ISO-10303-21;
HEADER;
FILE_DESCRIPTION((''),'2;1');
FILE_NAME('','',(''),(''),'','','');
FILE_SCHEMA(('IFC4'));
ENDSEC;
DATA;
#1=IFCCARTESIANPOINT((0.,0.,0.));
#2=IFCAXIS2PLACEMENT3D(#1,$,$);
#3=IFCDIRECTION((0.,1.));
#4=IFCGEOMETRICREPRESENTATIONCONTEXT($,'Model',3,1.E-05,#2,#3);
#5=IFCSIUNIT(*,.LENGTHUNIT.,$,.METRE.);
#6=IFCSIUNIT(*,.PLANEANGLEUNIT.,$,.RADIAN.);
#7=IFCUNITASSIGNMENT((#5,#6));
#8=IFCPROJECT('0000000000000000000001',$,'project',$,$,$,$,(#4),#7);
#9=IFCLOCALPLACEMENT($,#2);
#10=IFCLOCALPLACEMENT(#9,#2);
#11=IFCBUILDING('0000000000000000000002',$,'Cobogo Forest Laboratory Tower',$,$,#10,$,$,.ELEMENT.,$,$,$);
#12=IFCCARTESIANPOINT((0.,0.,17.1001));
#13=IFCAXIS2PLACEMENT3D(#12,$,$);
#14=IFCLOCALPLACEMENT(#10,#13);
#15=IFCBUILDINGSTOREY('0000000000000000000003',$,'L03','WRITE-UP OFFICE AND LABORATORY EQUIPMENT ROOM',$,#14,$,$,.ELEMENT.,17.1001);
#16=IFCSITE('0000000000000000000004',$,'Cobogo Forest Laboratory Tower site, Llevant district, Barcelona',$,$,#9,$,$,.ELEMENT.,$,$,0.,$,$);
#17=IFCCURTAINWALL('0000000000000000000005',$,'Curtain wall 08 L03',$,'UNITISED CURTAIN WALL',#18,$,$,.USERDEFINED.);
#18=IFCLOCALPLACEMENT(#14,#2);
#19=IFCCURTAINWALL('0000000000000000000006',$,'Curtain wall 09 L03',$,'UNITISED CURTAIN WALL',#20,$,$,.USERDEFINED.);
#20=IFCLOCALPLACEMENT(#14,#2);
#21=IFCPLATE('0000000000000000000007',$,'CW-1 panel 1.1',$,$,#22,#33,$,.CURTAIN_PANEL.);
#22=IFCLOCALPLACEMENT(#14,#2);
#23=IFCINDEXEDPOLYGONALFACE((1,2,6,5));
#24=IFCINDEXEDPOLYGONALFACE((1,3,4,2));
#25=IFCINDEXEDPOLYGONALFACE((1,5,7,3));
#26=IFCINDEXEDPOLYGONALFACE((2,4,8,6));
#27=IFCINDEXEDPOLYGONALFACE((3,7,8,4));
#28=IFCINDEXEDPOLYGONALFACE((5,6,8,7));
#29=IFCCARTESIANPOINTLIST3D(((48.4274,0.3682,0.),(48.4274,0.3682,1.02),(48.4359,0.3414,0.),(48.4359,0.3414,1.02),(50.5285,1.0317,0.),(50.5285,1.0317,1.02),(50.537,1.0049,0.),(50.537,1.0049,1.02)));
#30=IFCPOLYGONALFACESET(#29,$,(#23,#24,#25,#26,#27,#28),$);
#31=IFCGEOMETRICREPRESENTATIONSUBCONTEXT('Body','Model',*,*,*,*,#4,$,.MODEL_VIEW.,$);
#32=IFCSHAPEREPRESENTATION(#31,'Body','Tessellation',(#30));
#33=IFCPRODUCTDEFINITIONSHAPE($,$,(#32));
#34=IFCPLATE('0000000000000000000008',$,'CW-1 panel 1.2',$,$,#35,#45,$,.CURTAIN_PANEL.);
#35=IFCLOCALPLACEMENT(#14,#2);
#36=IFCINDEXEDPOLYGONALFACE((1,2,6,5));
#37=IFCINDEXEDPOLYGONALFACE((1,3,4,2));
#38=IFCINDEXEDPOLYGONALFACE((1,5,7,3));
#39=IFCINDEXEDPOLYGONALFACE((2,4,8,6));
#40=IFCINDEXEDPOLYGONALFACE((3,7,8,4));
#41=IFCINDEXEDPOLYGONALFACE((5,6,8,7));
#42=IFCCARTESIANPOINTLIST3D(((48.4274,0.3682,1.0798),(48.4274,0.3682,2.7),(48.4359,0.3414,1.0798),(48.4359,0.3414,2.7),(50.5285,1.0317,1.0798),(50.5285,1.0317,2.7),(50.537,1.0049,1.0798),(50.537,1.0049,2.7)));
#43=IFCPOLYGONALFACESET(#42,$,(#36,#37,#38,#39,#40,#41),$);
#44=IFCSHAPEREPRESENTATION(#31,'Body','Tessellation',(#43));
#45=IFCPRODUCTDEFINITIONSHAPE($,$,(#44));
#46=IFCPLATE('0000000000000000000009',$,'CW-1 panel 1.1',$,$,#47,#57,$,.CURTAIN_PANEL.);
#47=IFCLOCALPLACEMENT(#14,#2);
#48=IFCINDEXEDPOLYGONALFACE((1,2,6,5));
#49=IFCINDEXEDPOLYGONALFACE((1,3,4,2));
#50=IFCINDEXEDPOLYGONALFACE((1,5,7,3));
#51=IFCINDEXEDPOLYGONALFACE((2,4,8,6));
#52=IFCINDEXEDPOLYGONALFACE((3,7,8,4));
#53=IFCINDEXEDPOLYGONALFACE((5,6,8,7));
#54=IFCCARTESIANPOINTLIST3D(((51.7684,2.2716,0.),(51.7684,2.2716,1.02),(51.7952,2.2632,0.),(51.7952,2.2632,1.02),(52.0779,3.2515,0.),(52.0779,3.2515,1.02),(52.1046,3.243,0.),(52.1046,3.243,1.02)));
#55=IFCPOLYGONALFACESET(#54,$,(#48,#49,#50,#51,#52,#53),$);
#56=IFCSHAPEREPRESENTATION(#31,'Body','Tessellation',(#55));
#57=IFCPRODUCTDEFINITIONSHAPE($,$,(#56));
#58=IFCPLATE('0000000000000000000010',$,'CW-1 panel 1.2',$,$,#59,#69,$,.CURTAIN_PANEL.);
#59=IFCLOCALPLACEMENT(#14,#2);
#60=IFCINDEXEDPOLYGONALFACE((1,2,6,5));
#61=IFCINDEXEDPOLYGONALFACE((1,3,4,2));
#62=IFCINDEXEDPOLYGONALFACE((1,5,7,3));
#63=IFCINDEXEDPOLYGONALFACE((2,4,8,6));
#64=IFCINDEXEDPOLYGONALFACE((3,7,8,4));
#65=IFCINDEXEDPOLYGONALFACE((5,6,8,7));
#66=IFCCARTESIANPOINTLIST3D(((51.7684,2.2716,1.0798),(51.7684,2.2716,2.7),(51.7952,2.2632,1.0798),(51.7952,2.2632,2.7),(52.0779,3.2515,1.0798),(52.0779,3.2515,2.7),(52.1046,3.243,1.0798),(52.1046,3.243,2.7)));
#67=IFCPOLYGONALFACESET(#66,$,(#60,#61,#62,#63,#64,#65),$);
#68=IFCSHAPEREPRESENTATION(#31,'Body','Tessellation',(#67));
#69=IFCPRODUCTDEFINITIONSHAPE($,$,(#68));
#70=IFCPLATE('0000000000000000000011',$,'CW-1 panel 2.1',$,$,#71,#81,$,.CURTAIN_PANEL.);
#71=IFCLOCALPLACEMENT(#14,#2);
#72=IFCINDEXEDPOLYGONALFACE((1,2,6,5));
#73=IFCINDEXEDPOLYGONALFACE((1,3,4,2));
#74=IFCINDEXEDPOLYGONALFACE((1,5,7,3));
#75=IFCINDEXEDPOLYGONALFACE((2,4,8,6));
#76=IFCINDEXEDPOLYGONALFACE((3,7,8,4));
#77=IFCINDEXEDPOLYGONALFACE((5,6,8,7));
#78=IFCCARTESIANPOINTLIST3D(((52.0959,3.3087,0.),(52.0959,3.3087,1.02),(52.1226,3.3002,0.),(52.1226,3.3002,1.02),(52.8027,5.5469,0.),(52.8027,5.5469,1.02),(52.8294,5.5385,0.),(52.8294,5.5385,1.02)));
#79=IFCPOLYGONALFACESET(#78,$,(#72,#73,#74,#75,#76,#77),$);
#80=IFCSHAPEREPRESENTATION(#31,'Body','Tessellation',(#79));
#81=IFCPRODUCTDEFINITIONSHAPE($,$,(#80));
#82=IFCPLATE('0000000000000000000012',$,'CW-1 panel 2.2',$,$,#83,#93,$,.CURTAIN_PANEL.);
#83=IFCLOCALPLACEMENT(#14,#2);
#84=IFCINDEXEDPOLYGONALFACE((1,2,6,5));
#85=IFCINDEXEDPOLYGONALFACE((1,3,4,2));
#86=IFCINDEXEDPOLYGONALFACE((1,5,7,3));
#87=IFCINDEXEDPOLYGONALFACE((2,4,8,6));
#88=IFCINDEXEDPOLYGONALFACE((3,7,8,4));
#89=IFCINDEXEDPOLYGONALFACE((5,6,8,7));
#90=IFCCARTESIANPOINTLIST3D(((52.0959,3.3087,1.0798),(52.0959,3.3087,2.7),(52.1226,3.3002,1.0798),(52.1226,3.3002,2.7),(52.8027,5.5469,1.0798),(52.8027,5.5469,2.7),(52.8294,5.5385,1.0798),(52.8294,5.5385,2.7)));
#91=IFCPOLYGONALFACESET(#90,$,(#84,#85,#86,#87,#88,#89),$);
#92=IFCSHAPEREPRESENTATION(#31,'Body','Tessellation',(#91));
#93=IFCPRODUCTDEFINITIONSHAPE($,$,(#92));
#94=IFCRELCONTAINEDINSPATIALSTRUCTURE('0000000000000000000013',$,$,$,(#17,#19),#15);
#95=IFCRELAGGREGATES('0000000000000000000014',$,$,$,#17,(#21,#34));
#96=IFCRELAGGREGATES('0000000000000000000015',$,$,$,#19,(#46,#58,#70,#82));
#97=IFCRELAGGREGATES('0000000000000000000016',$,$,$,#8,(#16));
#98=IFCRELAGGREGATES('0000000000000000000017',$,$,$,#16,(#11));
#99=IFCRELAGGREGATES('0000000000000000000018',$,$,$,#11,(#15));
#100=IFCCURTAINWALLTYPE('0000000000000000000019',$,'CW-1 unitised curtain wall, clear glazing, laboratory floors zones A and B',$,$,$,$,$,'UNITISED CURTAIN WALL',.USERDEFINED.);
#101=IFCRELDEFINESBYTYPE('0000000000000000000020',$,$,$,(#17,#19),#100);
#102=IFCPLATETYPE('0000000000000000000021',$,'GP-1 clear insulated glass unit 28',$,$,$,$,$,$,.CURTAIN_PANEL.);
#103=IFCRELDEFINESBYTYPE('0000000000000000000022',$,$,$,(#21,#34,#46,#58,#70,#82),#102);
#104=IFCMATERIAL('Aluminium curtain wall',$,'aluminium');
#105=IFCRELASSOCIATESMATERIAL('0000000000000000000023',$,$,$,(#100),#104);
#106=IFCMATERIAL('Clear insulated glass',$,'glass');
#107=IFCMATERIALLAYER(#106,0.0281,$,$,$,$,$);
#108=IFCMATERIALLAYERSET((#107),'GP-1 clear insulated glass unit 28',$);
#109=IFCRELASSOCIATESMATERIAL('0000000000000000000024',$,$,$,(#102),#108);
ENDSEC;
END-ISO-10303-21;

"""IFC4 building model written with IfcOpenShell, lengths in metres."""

from ifc_helpers import new_model, si_unit, direction, frame, origin, origin_2d, place, context, subcontext, project, spatial, rectangle, extrude, material, layer, layer_set, type_object, element, aggregate, save


model = new_model("IFC4")

# Units and contexts
model_context = context("Model", 3, precision=1e-05, world=origin(), true_north=direction((0.0, 1.0)))
body_context = subcontext(model_context, "Body", "Model", "MODEL_VIEW")
ifc_project = project(units=[si_unit("LENGTHUNIT", "METRE"), si_unit("PLANEANGLEUNIT", "RADIAN")], contexts=[model_context])

# Site, building, storey
site_placement = place(None, origin())
site = spatial("IfcSite", under=ifc_project, at=site_placement, Name="Cobogo Forest Laboratory Tower site, Llevant district, Barcelona", CompositionType="ELEMENT", RefElevation=0.0)
building_placement = place(site_placement, origin())
building = spatial("IfcBuilding", under=site, at=building_placement, Name="Cobogo Forest Laboratory Tower", CompositionType="ELEMENT")
storey_placement = place(building_placement, frame((0.0, 0.0, 17.1001)))
storey = spatial("IfcBuildingStorey", under=building, at=storey_placement, Name="L03", Description="WRITE-UP OFFICE AND LABORATORY EQUIPMENT ROOM", CompositionType="ELEMENT", Elevation=17.1001)

# Shared definitions
ifc_material_1 = material(Name="Aluminium curtain wall", Category="aluminium")
curtain_wall_type = type_object("IfcCurtainWallType", Name="CW-1 unitised curtain wall, clear glazing, laboratory floors zones A and B", ElementType="UNITISED CURTAIN WALL", PredefinedType="USERDEFINED", material=ifc_material_1)

# Curtain walls
curtain_wall_1_placement = place(storey_placement, origin())
curtain_wall_1 = element("IfcCurtainWall", 1, at=curtain_wall_1_placement, inside=storey, type_object=curtain_wall_type, Name="Curtain wall 08 L03", ObjectType="UNITISED CURTAIN WALL", PredefinedType="USERDEFINED")
curtain_wall_2_placement = place(storey_placement, origin())
curtain_wall_2 = element("IfcCurtainWall", 2, at=curtain_wall_2_placement, inside=storey, type_object=curtain_wall_type, Name="Curtain wall 09 L03", ObjectType="UNITISED CURTAIN WALL", PredefinedType="USERDEFINED")

# Plates
ifc_material_2 = material(Name="Clear insulated glass", Category="glass")
ifc_layer = layer(ifc_material_2, 0.0281)
ifc_layer_set = layer_set([ifc_layer], Name="GP-1 clear insulated glass unit 28")
plate_type = type_object("IfcPlateType", Name="GP-1 clear insulated glass unit 28", PredefinedType="CURTAIN_PANEL", material=ifc_layer_set)
plate_1_placement = place(storey_placement, frame((49.4822, 0.6865, 0.0), z_axis=(0.0, 0.0, 1.0), x_axis=(0.953581, 0.301135, 0.0)))
plate_1 = element("IfcPlate", 3, at=plate_1_placement, type_object=plate_type, Name="CW-1 panel 1.1", PredefinedType="CURTAIN_PANEL", context=body_context, shape_type="SweptSolid", body=[
    extrude(rectangle(XDim=2.2034, YDim=0.0281, at=origin_2d()), origin(), (0.0, 0.0, 1.0), 1.02),
])
plate_2_placement = place(storey_placement, frame((49.4822, 0.6865, 1.0798), z_axis=(0.0, 0.0, 1.0), x_axis=(0.953581, 0.301135, 0.0)))
plate_2 = element("IfcPlate", 4, at=plate_2_placement, type_object=plate_type, Name="CW-1 panel 1.2", PredefinedType="CURTAIN_PANEL", context=body_context, shape_type="SweptSolid", body=[
    extrude(rectangle(XDim=2.2034, YDim=0.0281, at=origin_2d()), origin(), (0.0, 0.0, 1.0), 1.6201),
])
aggregate(curtain_wall_1, [plate_1, plate_2])
plate_3_placement = place(storey_placement, frame((51.9365, 2.7573, 0.0), z_axis=(0.0, 0.0, 1.0), x_axis=(0.301135, 0.953581, 0.0)))
plate_3 = element("IfcPlate", 5, at=plate_3_placement, type_object=plate_type, Name="CW-1 panel 1.1", PredefinedType="CURTAIN_PANEL", context=body_context, shape_type="SweptSolid", body=[
    extrude(rectangle(XDim=1.0276, YDim=0.0281, at=origin_2d()), origin(), (0.0, 0.0, 1.0), 1.02),
])
plate_4_placement = place(storey_placement, frame((51.9365, 2.7573, 1.0798), z_axis=(0.0, 0.0, 1.0), x_axis=(0.301135, 0.953581, 0.0)))
plate_4 = element("IfcPlate", 6, at=plate_4_placement, type_object=plate_type, Name="CW-1 panel 1.2", PredefinedType="CURTAIN_PANEL", context=body_context, shape_type="SweptSolid", body=[
    extrude(rectangle(XDim=1.0276, YDim=0.0281, at=origin_2d()), origin(), (0.0, 0.0, 1.0), 1.6201),
])
plate_5_placement = place(storey_placement, frame((52.4626, 4.4236, 0.0), z_axis=(0.0, 0.0, 1.0), x_axis=(0.301135, 0.953581, 0.0)))
plate_5 = element("IfcPlate", 7, at=plate_5_placement, type_object=plate_type, Name="CW-1 panel 2.1", PredefinedType="CURTAIN_PANEL", context=body_context, shape_type="SweptSolid", body=[
    extrude(rectangle(XDim=2.3472, YDim=0.0281, at=origin_2d()), origin(), (0.0, 0.0, 1.0), 1.02),
])
plate_6_placement = place(storey_placement, frame((52.4626, 4.4236, 1.0798), z_axis=(0.0, 0.0, 1.0), x_axis=(0.301135, 0.953581, 0.0)))
plate_6 = element("IfcPlate", 8, at=plate_6_placement, type_object=plate_type, Name="CW-1 panel 2.2", PredefinedType="CURTAIN_PANEL", context=body_context, shape_type="SweptSolid", body=[
    extrude(rectangle(XDim=2.3472, YDim=0.0281, at=origin_2d()), origin(), (0.0, 0.0, 1.0), 1.6201),
])
aggregate(curtain_wall_2, [plate_3, plate_4, plate_5, plate_6])

save(model, "model.ifc")
